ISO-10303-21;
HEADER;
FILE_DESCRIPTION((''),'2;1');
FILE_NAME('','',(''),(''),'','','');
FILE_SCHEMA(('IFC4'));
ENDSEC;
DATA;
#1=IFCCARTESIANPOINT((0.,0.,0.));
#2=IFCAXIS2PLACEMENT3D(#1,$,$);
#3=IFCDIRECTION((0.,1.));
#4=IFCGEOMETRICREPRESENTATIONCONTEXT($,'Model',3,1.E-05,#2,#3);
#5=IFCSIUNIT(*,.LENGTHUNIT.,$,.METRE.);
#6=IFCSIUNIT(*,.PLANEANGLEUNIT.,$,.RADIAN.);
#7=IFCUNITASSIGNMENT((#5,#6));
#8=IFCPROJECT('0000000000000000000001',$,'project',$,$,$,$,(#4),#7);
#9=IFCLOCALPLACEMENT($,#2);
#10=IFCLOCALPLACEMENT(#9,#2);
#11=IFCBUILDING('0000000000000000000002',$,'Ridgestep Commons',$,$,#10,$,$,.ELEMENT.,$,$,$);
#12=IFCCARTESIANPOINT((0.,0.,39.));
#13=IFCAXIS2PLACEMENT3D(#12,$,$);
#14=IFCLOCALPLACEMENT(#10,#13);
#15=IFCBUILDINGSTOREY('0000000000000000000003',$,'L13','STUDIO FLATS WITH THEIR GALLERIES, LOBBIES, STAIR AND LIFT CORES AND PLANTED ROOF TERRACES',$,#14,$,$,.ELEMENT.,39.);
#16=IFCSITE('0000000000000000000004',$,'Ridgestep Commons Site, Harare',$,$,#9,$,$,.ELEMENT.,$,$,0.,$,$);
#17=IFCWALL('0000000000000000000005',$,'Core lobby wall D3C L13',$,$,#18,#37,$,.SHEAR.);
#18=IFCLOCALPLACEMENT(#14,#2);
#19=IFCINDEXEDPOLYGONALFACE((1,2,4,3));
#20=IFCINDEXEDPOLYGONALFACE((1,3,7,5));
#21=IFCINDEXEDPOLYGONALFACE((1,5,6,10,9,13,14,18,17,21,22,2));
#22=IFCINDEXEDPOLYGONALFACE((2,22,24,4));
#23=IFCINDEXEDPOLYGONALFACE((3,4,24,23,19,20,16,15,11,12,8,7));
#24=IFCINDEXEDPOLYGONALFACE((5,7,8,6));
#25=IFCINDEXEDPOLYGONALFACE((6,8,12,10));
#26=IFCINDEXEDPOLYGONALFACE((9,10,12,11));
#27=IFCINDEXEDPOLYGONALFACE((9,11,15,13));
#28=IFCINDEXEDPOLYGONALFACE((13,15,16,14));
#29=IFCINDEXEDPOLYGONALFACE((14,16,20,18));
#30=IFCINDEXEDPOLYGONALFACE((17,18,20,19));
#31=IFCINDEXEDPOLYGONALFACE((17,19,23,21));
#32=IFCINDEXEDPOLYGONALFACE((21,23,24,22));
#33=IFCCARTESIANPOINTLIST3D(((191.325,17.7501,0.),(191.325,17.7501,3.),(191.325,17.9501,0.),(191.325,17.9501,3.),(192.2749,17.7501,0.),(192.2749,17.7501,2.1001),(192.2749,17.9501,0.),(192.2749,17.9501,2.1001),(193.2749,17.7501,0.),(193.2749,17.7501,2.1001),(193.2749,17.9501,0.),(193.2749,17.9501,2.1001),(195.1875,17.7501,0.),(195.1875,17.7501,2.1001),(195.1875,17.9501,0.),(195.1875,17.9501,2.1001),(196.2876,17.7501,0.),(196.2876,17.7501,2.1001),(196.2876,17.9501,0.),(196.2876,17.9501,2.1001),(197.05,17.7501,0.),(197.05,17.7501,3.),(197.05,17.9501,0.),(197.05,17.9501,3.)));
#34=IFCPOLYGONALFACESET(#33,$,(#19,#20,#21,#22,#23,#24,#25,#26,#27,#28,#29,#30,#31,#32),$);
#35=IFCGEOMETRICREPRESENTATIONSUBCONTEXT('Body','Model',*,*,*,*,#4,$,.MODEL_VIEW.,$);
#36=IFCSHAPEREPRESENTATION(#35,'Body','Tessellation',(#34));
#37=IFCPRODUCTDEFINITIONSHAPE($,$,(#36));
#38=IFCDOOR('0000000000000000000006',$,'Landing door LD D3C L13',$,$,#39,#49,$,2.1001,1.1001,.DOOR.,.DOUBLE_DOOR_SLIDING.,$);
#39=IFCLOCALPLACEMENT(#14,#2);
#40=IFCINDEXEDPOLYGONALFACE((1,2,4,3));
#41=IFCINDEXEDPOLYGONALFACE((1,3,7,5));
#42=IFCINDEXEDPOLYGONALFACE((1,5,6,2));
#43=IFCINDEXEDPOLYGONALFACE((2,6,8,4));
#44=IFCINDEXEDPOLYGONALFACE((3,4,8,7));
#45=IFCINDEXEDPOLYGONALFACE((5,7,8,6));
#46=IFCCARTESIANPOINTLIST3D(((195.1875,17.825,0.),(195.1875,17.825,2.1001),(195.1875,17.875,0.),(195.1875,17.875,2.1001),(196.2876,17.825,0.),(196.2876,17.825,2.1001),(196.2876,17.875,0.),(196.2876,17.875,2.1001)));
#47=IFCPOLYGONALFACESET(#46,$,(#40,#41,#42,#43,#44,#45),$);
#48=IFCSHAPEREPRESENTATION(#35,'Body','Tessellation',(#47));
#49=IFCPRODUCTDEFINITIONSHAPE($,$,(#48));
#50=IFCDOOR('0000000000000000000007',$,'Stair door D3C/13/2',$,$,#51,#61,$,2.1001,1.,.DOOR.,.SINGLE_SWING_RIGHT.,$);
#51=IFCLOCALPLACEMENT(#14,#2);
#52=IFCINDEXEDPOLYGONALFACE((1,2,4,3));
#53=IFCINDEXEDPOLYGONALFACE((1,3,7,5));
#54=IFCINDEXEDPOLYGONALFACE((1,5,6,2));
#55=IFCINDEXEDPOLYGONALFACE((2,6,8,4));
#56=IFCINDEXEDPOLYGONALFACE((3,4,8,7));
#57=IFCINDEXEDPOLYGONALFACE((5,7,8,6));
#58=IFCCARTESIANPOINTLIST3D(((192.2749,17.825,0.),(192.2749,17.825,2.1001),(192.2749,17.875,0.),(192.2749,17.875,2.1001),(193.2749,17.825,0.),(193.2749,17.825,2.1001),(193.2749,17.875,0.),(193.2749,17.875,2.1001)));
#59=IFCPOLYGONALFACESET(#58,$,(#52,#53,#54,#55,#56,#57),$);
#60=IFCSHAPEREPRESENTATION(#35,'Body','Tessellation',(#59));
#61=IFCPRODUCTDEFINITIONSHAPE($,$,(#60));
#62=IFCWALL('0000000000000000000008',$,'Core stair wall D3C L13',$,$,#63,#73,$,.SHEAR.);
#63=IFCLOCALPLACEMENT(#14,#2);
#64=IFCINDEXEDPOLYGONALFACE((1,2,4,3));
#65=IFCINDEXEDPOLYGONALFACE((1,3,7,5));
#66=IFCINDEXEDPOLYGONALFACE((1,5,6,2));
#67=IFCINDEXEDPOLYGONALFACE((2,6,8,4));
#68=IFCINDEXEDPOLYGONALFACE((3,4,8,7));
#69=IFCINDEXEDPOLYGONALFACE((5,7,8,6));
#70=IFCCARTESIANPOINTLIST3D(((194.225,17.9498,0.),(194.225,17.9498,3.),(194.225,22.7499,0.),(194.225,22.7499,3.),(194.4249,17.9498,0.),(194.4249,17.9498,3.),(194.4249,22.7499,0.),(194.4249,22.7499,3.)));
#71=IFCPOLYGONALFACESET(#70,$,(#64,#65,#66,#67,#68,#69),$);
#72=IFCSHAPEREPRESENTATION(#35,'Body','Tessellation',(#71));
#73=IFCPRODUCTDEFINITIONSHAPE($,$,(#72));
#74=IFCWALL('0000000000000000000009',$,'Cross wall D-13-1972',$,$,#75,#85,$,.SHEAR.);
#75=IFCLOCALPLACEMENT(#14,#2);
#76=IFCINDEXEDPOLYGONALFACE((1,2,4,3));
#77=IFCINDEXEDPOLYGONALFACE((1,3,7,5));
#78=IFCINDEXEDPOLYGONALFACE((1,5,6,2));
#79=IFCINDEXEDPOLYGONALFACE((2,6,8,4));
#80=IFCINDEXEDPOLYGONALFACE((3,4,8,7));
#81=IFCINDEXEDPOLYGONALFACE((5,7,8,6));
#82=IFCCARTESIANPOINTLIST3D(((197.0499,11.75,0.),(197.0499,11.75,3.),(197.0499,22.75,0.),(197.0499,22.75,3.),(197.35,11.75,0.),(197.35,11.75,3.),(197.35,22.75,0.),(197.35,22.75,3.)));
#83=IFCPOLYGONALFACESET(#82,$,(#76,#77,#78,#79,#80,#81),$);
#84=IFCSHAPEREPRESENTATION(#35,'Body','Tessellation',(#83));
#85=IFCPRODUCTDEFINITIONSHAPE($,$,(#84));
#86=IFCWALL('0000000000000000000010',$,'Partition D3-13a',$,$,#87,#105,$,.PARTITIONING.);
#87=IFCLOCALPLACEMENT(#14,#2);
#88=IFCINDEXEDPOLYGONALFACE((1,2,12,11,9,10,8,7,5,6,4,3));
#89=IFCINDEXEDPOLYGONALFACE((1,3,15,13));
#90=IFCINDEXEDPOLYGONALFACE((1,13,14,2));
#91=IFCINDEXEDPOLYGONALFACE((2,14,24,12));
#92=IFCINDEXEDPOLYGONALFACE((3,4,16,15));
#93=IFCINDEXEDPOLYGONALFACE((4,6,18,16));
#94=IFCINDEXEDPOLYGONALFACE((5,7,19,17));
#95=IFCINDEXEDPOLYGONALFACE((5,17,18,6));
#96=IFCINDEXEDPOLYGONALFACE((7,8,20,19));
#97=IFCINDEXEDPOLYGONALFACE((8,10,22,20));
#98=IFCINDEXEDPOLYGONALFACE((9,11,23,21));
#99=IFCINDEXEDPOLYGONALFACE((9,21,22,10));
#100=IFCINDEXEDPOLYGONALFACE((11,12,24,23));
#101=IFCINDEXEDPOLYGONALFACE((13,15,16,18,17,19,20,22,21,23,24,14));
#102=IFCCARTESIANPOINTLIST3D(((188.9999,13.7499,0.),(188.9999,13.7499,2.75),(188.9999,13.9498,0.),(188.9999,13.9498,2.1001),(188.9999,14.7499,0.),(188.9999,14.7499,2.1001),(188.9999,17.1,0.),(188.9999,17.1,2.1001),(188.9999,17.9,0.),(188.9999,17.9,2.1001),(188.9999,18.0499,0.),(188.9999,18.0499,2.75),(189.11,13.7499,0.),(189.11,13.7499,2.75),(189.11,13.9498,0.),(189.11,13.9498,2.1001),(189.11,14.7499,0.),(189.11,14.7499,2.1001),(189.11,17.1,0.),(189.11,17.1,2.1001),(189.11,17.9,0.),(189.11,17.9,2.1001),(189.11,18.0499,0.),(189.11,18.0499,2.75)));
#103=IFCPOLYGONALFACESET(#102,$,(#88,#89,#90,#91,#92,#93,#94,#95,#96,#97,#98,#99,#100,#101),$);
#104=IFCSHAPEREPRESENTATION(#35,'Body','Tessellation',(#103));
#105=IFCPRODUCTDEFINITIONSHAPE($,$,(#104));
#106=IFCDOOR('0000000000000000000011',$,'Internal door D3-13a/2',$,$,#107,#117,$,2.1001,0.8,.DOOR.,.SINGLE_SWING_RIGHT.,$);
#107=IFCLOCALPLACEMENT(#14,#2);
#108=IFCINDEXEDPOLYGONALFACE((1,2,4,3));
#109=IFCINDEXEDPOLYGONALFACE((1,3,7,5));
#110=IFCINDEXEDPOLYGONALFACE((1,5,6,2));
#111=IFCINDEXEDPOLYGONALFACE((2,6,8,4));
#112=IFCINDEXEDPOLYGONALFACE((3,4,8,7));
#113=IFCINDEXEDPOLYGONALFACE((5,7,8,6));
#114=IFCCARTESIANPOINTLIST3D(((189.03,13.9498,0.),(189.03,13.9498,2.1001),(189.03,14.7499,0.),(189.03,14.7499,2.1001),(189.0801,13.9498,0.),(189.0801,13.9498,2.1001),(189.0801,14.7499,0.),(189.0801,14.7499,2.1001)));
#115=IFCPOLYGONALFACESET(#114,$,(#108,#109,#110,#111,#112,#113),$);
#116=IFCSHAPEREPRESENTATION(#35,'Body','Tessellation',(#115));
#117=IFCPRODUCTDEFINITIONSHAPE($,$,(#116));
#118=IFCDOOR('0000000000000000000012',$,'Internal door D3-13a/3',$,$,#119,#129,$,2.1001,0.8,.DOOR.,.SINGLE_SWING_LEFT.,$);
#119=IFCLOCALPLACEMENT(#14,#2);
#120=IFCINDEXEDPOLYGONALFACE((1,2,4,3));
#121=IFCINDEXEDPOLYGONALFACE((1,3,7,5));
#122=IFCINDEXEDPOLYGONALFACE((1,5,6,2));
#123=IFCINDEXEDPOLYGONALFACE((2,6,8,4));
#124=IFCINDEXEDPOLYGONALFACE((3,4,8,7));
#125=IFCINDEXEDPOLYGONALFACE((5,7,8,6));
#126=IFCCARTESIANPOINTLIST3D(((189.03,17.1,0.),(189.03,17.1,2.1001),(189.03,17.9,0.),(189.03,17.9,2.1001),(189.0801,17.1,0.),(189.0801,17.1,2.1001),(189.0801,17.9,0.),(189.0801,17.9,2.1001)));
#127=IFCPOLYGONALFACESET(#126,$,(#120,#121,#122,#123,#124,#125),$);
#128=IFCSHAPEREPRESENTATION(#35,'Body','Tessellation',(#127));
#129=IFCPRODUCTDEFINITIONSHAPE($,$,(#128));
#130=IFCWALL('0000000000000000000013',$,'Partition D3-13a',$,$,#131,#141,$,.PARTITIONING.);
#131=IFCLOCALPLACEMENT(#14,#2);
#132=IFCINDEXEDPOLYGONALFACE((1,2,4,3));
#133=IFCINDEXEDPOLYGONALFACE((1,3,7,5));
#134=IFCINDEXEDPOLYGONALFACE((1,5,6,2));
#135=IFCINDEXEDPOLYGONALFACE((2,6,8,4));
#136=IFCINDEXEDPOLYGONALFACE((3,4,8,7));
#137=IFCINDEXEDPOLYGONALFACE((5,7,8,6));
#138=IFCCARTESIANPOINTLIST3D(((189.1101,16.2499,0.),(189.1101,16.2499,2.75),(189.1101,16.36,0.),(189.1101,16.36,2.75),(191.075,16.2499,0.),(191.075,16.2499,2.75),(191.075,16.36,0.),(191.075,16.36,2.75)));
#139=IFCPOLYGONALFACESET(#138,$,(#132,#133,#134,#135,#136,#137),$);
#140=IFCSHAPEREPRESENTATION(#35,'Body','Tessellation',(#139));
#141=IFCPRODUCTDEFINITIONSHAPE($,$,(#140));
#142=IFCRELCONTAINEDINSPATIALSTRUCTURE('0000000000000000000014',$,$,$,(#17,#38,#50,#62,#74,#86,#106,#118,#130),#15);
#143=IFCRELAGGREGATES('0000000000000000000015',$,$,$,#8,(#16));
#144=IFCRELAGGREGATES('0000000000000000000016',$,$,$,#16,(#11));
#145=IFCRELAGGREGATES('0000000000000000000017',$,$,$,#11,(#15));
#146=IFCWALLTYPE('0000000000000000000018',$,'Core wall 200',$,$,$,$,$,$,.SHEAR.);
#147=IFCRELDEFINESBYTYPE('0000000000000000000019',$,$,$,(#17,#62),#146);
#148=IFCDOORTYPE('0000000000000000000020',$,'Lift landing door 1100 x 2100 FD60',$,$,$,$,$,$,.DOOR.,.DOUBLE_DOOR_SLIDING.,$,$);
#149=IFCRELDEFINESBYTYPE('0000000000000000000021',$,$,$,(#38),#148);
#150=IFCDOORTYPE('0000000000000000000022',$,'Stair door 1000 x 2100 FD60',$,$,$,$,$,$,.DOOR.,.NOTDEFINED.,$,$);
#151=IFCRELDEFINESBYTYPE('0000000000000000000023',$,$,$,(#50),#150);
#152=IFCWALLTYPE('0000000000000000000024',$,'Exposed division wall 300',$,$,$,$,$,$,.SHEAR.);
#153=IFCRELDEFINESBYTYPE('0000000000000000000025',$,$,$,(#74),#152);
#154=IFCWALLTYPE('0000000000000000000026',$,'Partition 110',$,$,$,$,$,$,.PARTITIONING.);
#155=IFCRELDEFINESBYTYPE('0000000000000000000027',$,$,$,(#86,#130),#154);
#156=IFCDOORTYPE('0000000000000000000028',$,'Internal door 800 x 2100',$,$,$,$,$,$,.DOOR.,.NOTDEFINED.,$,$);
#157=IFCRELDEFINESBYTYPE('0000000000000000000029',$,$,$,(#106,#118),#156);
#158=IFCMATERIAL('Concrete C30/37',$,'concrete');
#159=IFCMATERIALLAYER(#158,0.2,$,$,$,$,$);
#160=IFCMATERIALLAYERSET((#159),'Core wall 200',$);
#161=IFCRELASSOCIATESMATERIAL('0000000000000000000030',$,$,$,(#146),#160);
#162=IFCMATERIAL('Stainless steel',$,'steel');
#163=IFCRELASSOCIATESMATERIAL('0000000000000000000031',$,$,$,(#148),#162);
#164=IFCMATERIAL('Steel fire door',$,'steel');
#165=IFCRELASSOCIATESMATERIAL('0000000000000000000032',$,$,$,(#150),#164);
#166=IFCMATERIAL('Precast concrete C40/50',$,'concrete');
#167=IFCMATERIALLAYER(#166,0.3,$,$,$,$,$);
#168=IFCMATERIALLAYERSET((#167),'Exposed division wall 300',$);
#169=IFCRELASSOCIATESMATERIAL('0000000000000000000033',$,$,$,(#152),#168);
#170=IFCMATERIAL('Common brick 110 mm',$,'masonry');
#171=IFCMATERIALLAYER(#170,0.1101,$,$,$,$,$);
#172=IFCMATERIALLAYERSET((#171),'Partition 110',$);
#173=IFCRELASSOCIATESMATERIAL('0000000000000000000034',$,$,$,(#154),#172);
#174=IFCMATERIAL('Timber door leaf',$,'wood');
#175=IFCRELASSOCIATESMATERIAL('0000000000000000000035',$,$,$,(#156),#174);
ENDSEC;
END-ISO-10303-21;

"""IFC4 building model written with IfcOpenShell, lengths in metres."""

from ifc_helpers import new_model, si_unit, direction, frame, frame_2d, origin, place, context, subcontext, project, spatial, rectangle, extrude, material, layer, layer_set, type_object, element, fill, save


model = new_model("IFC4")

# Units and contexts
model_context = context("Model", 3, precision=1e-05, world=origin(), true_north=direction((0.0, 1.0)))
body_context = subcontext(model_context, "Body", "Model", "MODEL_VIEW")
ifc_project = project(units=[si_unit("LENGTHUNIT", "METRE"), si_unit("PLANEANGLEUNIT", "RADIAN")], contexts=[model_context])

# Site, building, storey
site_placement = place(None, origin())
site = spatial("IfcSite", under=ifc_project, at=site_placement, Name="Ridgestep Commons Site, Harare", CompositionType="ELEMENT", RefElevation=0.0)
building_placement = place(site_placement, origin())
building = spatial("IfcBuilding", under=site, at=building_placement, Name="Ridgestep Commons", CompositionType="ELEMENT")
storey_placement = place(building_placement, frame((0.0, 0.0, 39.0)))
storey = spatial("IfcBuildingStorey", under=building, at=storey_placement, Name="L13", Description="STUDIO FLATS WITH THEIR GALLERIES, LOBBIES, STAIR AND LIFT CORES AND PLANTED ROOF TERRACES", CompositionType="ELEMENT", Elevation=39.0)

# Wall, openings, doors
ifc_material_1 = material(Name="Concrete C30/37", Category="concrete")
ifc_layer_1 = layer(ifc_material_1, 0.2)
ifc_layer_set_1 = layer_set([ifc_layer_1], Name="Core wall 200")
wall_type_1 = type_object("IfcWallType", Name="Core wall 200", PredefinedType="SHEAR", material=ifc_layer_set_1)
wall_1_placement = place(storey_placement, frame((191.325, 17.8501, 0.0), z_axis=(0.0, 0.0, 1.0), x_axis=(1.0, 0.0, 0.0)))
wall_1 = element("IfcWall", 1, at=wall_1_placement, inside=storey, type_object=wall_type_1, Name="Core lobby wall D3C L13", PredefinedType="SHEAR", context=body_context, shape_type="SweptSolid", body=[
    extrude(rectangle(XDim=5.7251, YDim=0.2, at=frame_2d((2.8625, 0.0))), origin(), (0.0, 0.0, 1.0), 3.0),
])
opening_1_placement = place(wall_1_placement, frame((0.95, 0.0, 0.0)))
opening_1 = element("IfcOpeningElement", 2, at=opening_1_placement, cuts=wall_1, PredefinedType="OPENING", context=body_context, shape_type="SweptSolid", body=[
    extrude(rectangle(XDim=1.0, YDim=2.1001, at=frame_2d((0.5, 1.05))), frame((0.0, 0.1099, 0.0), z_axis=(0.0, -1.0, 0.0), x_axis=(1.0, 0.0, 0.0)), (0.0, 0.0, 1.0), 0.22),
])
opening_2_placement = place(wall_1_placement, frame((3.8625, 0.0, 0.0)))
opening_2 = element("IfcOpeningElement", 3, at=opening_2_placement, cuts=wall_1, PredefinedType="OPENING", context=body_context, shape_type="SweptSolid", body=[
    extrude(rectangle(XDim=1.1001, YDim=2.1001, at=frame_2d((0.55, 1.05))), frame((0.0, 0.1099, 0.0), z_axis=(0.0, -1.0, 0.0), x_axis=(1.0, 0.0, 0.0)), (0.0, 0.0, 1.0), 0.22),
])
ifc_material_2 = material(Name="Stainless steel", Category="steel")
door_type_1 = type_object("IfcDoorType", Name="Lift landing door 1100 x 2100 FD60", OperationType="DOUBLE_DOOR_SLIDING", PredefinedType="DOOR", material=ifc_material_2)
door_1_placement = place(opening_2_placement, origin())
door_1 = element("IfcDoor", 4, at=door_1_placement, inside=storey, type_object=door_type_1, Name="Landing door LD D3C L13", OperationType="DOUBLE_DOOR_SLIDING", OverallHeight=2.1001, OverallWidth=1.1001, PredefinedType="DOOR", context=body_context, shape_type="SweptSolid", body=[
    extrude(rectangle(XDim=1.1001, YDim=2.1001, at=frame_2d((0.55, 1.05))), frame((0.0, 0.0249, 0.0), z_axis=(0.0, -1.0, 0.0), x_axis=(1.0, 0.0, 0.0)), (0.0, 0.0, 1.0), 0.05),
])
fill(opening_2, door_1)
ifc_material_3 = material(Name="Steel fire door", Category="steel")
door_type_2 = type_object("IfcDoorType", Name="Stair door 1000 x 2100 FD60", OperationType="NOTDEFINED", PredefinedType="DOOR", material=ifc_material_3)
door_2_placement = place(opening_1_placement, origin())
door_2 = element("IfcDoor", 5, at=door_2_placement, inside=storey, type_object=door_type_2, Name="Stair door D3C/13/2", OperationType="SINGLE_SWING_RIGHT", OverallHeight=2.1001, OverallWidth=1.0, PredefinedType="DOOR", context=body_context, shape_type="SweptSolid", body=[
    extrude(rectangle(XDim=1.0, YDim=2.1001, at=frame_2d((0.5, 1.05))), frame((0.0, 0.0249, 0.0), z_axis=(0.0, -1.0, 0.0), x_axis=(1.0, 0.0, 0.0)), (0.0, 0.0, 1.0), 0.05),
])
fill(opening_1, door_2)

# Walls
wall_2_placement = place(storey_placement, frame((194.325, 17.95, 0.0), z_axis=(0.0, 0.0, 1.0), x_axis=(0.0, 1.0, 0.0)))
element("IfcWall", 6, at=wall_2_placement, inside=storey, type_object=wall_type_1, Name="Core stair wall D3C L13", PredefinedType="SHEAR", context=body_context, shape_type="SweptSolid", body=[
    extrude(rectangle(XDim=4.8, YDim=0.2, at=frame_2d((2.3999, 0.0))), origin(), (0.0, 0.0, 1.0), 3.0),
])
ifc_material_4 = material(Name="Precast concrete C40/50", Category="concrete")
ifc_layer_2 = layer(ifc_material_4, 0.3)
ifc_layer_set_2 = layer_set([ifc_layer_2], Name="Exposed division wall 300")
wall_type_2 = type_object("IfcWallType", Name="Exposed division wall 300", PredefinedType="SHEAR", material=ifc_layer_set_2)
wall_3_placement = place(storey_placement, frame((197.2, 11.75, 0.0), z_axis=(0.0, 0.0, 1.0), x_axis=(0.0, 1.0, 0.0)))
element("IfcWall", 7, at=wall_3_placement, inside=storey, type_object=wall_type_2, Name="Cross wall D-13-1972", PredefinedType="SHEAR", context=body_context, shape_type="SweptSolid", body=[
    extrude(rectangle(XDim=11.0, YDim=0.3, at=frame_2d((5.5, 0.0))), origin(), (0.0, 0.0, 1.0), 3.0),
])

# Wall, openings, doors
ifc_material_5 = material(Name="Common brick 110 mm", Category="masonry")
ifc_layer_3 = layer(ifc_material_5, 0.1101)
ifc_layer_set_3 = layer_set([ifc_layer_3], Name="Partition 110")
wall_type_3 = type_object("IfcWallType", Name="Partition 110", PredefinedType="PARTITIONING", material=ifc_layer_set_3)
wall_4_placement = place(storey_placement, frame((189.0549, 13.75, 0.0), z_axis=(0.0, 0.0, 1.0), x_axis=(0.0, 1.0, 0.0)))
wall_4 = element("IfcWall", 8, at=wall_4_placement, inside=storey, type_object=wall_type_3, Name="Partition D3-13a", PredefinedType="PARTITIONING", context=body_context, shape_type="SweptSolid", body=[
    extrude(rectangle(XDim=4.3, YDim=0.1101, at=frame_2d((2.1499, 0.0))), origin(), (0.0, 0.0, 1.0), 2.75),
])
opening_3_placement = place(wall_4_placement, frame((0.2, 0.0, 0.0)))
opening_3 = element("IfcOpeningElement", 9, at=opening_3_placement, cuts=wall_4, PredefinedType="OPENING", context=body_context, shape_type="SweptSolid", body=[
    extrude(rectangle(XDim=0.8, YDim=2.1001, at=frame_2d((0.3999, 1.05))), frame((0.0, 0.0649, 0.0), z_axis=(0.0, -1.0, 0.0), x_axis=(1.0, 0.0, 0.0)), (0.0, 0.0, 1.0), 0.1301),
])
opening_4_placement = place(wall_4_placement, frame((3.3501, 0.0, 0.0)))
opening_4 = element("IfcOpeningElement", 10, at=opening_4_placement, cuts=wall_4, PredefinedType="OPENING", context=body_context, shape_type="SweptSolid", body=[
    extrude(rectangle(XDim=0.8, YDim=2.1001, at=frame_2d((0.3999, 1.05))), frame((0.0, 0.0649, 0.0), z_axis=(0.0, -1.0, 0.0), x_axis=(1.0, 0.0, 0.0)), (0.0, 0.0, 1.0), 0.1301),
])
ifc_material_6 = material(Name="Timber door leaf", Category="wood")
door_type_3 = type_object("IfcDoorType", Name="Internal door 800 x 2100", OperationType="NOTDEFINED", PredefinedType="DOOR", material=ifc_material_6)
door_3_placement = place(opening_3_placement, origin())
door_3 = element("IfcDoor", 11, at=door_3_placement, inside=storey, type_object=door_type_3, Name="Internal door D3-13a/2", OperationType="SINGLE_SWING_RIGHT", OverallHeight=2.1001, OverallWidth=0.8, PredefinedType="DOOR", context=body_context, shape_type="SweptSolid", body=[
    extrude(rectangle(XDim=0.8, YDim=2.1001, at=frame_2d((0.3999, 1.05))), frame((0.0, 0.0249, 0.0), z_axis=(0.0, -1.0, 0.0), x_axis=(1.0, 0.0, 0.0)), (0.0, 0.0, 1.0), 0.05),
])
fill(opening_3, door_3)
door_4_placement = place(opening_4_placement, origin())
door_4 = element("IfcDoor", 12, at=door_4_placement, inside=storey, type_object=door_type_3, Name="Internal door D3-13a/3", OperationType="SINGLE_SWING_LEFT", OverallHeight=2.1001, OverallWidth=0.8, PredefinedType="DOOR", context=body_context, shape_type="SweptSolid", body=[
    extrude(rectangle(XDim=0.8, YDim=2.1001, at=frame_2d((0.3999, 1.05))), frame((0.0, 0.0249, 0.0), z_axis=(0.0, -1.0, 0.0), x_axis=(1.0, 0.0, 0.0)), (0.0, 0.0, 1.0), 0.05),
])
fill(opening_4, door_4)

# Wall
wall_5_placement = place(storey_placement, frame((189.1101, 16.3049, 0.0), z_axis=(0.0, 0.0, 1.0), x_axis=(1.0, 0.0, 0.0)))
element("IfcWall", 13, at=wall_5_placement, inside=storey, type_object=wall_type_3, Name="Partition D3-13a", PredefinedType="PARTITIONING", context=body_context, shape_type="SweptSolid", body=[
    extrude(rectangle(XDim=1.9648, YDim=0.1101, at=frame_2d((0.9824, 0.0))), origin(), (0.0, 0.0, 1.0), 2.75),
])

save(model, "model.ifc")
